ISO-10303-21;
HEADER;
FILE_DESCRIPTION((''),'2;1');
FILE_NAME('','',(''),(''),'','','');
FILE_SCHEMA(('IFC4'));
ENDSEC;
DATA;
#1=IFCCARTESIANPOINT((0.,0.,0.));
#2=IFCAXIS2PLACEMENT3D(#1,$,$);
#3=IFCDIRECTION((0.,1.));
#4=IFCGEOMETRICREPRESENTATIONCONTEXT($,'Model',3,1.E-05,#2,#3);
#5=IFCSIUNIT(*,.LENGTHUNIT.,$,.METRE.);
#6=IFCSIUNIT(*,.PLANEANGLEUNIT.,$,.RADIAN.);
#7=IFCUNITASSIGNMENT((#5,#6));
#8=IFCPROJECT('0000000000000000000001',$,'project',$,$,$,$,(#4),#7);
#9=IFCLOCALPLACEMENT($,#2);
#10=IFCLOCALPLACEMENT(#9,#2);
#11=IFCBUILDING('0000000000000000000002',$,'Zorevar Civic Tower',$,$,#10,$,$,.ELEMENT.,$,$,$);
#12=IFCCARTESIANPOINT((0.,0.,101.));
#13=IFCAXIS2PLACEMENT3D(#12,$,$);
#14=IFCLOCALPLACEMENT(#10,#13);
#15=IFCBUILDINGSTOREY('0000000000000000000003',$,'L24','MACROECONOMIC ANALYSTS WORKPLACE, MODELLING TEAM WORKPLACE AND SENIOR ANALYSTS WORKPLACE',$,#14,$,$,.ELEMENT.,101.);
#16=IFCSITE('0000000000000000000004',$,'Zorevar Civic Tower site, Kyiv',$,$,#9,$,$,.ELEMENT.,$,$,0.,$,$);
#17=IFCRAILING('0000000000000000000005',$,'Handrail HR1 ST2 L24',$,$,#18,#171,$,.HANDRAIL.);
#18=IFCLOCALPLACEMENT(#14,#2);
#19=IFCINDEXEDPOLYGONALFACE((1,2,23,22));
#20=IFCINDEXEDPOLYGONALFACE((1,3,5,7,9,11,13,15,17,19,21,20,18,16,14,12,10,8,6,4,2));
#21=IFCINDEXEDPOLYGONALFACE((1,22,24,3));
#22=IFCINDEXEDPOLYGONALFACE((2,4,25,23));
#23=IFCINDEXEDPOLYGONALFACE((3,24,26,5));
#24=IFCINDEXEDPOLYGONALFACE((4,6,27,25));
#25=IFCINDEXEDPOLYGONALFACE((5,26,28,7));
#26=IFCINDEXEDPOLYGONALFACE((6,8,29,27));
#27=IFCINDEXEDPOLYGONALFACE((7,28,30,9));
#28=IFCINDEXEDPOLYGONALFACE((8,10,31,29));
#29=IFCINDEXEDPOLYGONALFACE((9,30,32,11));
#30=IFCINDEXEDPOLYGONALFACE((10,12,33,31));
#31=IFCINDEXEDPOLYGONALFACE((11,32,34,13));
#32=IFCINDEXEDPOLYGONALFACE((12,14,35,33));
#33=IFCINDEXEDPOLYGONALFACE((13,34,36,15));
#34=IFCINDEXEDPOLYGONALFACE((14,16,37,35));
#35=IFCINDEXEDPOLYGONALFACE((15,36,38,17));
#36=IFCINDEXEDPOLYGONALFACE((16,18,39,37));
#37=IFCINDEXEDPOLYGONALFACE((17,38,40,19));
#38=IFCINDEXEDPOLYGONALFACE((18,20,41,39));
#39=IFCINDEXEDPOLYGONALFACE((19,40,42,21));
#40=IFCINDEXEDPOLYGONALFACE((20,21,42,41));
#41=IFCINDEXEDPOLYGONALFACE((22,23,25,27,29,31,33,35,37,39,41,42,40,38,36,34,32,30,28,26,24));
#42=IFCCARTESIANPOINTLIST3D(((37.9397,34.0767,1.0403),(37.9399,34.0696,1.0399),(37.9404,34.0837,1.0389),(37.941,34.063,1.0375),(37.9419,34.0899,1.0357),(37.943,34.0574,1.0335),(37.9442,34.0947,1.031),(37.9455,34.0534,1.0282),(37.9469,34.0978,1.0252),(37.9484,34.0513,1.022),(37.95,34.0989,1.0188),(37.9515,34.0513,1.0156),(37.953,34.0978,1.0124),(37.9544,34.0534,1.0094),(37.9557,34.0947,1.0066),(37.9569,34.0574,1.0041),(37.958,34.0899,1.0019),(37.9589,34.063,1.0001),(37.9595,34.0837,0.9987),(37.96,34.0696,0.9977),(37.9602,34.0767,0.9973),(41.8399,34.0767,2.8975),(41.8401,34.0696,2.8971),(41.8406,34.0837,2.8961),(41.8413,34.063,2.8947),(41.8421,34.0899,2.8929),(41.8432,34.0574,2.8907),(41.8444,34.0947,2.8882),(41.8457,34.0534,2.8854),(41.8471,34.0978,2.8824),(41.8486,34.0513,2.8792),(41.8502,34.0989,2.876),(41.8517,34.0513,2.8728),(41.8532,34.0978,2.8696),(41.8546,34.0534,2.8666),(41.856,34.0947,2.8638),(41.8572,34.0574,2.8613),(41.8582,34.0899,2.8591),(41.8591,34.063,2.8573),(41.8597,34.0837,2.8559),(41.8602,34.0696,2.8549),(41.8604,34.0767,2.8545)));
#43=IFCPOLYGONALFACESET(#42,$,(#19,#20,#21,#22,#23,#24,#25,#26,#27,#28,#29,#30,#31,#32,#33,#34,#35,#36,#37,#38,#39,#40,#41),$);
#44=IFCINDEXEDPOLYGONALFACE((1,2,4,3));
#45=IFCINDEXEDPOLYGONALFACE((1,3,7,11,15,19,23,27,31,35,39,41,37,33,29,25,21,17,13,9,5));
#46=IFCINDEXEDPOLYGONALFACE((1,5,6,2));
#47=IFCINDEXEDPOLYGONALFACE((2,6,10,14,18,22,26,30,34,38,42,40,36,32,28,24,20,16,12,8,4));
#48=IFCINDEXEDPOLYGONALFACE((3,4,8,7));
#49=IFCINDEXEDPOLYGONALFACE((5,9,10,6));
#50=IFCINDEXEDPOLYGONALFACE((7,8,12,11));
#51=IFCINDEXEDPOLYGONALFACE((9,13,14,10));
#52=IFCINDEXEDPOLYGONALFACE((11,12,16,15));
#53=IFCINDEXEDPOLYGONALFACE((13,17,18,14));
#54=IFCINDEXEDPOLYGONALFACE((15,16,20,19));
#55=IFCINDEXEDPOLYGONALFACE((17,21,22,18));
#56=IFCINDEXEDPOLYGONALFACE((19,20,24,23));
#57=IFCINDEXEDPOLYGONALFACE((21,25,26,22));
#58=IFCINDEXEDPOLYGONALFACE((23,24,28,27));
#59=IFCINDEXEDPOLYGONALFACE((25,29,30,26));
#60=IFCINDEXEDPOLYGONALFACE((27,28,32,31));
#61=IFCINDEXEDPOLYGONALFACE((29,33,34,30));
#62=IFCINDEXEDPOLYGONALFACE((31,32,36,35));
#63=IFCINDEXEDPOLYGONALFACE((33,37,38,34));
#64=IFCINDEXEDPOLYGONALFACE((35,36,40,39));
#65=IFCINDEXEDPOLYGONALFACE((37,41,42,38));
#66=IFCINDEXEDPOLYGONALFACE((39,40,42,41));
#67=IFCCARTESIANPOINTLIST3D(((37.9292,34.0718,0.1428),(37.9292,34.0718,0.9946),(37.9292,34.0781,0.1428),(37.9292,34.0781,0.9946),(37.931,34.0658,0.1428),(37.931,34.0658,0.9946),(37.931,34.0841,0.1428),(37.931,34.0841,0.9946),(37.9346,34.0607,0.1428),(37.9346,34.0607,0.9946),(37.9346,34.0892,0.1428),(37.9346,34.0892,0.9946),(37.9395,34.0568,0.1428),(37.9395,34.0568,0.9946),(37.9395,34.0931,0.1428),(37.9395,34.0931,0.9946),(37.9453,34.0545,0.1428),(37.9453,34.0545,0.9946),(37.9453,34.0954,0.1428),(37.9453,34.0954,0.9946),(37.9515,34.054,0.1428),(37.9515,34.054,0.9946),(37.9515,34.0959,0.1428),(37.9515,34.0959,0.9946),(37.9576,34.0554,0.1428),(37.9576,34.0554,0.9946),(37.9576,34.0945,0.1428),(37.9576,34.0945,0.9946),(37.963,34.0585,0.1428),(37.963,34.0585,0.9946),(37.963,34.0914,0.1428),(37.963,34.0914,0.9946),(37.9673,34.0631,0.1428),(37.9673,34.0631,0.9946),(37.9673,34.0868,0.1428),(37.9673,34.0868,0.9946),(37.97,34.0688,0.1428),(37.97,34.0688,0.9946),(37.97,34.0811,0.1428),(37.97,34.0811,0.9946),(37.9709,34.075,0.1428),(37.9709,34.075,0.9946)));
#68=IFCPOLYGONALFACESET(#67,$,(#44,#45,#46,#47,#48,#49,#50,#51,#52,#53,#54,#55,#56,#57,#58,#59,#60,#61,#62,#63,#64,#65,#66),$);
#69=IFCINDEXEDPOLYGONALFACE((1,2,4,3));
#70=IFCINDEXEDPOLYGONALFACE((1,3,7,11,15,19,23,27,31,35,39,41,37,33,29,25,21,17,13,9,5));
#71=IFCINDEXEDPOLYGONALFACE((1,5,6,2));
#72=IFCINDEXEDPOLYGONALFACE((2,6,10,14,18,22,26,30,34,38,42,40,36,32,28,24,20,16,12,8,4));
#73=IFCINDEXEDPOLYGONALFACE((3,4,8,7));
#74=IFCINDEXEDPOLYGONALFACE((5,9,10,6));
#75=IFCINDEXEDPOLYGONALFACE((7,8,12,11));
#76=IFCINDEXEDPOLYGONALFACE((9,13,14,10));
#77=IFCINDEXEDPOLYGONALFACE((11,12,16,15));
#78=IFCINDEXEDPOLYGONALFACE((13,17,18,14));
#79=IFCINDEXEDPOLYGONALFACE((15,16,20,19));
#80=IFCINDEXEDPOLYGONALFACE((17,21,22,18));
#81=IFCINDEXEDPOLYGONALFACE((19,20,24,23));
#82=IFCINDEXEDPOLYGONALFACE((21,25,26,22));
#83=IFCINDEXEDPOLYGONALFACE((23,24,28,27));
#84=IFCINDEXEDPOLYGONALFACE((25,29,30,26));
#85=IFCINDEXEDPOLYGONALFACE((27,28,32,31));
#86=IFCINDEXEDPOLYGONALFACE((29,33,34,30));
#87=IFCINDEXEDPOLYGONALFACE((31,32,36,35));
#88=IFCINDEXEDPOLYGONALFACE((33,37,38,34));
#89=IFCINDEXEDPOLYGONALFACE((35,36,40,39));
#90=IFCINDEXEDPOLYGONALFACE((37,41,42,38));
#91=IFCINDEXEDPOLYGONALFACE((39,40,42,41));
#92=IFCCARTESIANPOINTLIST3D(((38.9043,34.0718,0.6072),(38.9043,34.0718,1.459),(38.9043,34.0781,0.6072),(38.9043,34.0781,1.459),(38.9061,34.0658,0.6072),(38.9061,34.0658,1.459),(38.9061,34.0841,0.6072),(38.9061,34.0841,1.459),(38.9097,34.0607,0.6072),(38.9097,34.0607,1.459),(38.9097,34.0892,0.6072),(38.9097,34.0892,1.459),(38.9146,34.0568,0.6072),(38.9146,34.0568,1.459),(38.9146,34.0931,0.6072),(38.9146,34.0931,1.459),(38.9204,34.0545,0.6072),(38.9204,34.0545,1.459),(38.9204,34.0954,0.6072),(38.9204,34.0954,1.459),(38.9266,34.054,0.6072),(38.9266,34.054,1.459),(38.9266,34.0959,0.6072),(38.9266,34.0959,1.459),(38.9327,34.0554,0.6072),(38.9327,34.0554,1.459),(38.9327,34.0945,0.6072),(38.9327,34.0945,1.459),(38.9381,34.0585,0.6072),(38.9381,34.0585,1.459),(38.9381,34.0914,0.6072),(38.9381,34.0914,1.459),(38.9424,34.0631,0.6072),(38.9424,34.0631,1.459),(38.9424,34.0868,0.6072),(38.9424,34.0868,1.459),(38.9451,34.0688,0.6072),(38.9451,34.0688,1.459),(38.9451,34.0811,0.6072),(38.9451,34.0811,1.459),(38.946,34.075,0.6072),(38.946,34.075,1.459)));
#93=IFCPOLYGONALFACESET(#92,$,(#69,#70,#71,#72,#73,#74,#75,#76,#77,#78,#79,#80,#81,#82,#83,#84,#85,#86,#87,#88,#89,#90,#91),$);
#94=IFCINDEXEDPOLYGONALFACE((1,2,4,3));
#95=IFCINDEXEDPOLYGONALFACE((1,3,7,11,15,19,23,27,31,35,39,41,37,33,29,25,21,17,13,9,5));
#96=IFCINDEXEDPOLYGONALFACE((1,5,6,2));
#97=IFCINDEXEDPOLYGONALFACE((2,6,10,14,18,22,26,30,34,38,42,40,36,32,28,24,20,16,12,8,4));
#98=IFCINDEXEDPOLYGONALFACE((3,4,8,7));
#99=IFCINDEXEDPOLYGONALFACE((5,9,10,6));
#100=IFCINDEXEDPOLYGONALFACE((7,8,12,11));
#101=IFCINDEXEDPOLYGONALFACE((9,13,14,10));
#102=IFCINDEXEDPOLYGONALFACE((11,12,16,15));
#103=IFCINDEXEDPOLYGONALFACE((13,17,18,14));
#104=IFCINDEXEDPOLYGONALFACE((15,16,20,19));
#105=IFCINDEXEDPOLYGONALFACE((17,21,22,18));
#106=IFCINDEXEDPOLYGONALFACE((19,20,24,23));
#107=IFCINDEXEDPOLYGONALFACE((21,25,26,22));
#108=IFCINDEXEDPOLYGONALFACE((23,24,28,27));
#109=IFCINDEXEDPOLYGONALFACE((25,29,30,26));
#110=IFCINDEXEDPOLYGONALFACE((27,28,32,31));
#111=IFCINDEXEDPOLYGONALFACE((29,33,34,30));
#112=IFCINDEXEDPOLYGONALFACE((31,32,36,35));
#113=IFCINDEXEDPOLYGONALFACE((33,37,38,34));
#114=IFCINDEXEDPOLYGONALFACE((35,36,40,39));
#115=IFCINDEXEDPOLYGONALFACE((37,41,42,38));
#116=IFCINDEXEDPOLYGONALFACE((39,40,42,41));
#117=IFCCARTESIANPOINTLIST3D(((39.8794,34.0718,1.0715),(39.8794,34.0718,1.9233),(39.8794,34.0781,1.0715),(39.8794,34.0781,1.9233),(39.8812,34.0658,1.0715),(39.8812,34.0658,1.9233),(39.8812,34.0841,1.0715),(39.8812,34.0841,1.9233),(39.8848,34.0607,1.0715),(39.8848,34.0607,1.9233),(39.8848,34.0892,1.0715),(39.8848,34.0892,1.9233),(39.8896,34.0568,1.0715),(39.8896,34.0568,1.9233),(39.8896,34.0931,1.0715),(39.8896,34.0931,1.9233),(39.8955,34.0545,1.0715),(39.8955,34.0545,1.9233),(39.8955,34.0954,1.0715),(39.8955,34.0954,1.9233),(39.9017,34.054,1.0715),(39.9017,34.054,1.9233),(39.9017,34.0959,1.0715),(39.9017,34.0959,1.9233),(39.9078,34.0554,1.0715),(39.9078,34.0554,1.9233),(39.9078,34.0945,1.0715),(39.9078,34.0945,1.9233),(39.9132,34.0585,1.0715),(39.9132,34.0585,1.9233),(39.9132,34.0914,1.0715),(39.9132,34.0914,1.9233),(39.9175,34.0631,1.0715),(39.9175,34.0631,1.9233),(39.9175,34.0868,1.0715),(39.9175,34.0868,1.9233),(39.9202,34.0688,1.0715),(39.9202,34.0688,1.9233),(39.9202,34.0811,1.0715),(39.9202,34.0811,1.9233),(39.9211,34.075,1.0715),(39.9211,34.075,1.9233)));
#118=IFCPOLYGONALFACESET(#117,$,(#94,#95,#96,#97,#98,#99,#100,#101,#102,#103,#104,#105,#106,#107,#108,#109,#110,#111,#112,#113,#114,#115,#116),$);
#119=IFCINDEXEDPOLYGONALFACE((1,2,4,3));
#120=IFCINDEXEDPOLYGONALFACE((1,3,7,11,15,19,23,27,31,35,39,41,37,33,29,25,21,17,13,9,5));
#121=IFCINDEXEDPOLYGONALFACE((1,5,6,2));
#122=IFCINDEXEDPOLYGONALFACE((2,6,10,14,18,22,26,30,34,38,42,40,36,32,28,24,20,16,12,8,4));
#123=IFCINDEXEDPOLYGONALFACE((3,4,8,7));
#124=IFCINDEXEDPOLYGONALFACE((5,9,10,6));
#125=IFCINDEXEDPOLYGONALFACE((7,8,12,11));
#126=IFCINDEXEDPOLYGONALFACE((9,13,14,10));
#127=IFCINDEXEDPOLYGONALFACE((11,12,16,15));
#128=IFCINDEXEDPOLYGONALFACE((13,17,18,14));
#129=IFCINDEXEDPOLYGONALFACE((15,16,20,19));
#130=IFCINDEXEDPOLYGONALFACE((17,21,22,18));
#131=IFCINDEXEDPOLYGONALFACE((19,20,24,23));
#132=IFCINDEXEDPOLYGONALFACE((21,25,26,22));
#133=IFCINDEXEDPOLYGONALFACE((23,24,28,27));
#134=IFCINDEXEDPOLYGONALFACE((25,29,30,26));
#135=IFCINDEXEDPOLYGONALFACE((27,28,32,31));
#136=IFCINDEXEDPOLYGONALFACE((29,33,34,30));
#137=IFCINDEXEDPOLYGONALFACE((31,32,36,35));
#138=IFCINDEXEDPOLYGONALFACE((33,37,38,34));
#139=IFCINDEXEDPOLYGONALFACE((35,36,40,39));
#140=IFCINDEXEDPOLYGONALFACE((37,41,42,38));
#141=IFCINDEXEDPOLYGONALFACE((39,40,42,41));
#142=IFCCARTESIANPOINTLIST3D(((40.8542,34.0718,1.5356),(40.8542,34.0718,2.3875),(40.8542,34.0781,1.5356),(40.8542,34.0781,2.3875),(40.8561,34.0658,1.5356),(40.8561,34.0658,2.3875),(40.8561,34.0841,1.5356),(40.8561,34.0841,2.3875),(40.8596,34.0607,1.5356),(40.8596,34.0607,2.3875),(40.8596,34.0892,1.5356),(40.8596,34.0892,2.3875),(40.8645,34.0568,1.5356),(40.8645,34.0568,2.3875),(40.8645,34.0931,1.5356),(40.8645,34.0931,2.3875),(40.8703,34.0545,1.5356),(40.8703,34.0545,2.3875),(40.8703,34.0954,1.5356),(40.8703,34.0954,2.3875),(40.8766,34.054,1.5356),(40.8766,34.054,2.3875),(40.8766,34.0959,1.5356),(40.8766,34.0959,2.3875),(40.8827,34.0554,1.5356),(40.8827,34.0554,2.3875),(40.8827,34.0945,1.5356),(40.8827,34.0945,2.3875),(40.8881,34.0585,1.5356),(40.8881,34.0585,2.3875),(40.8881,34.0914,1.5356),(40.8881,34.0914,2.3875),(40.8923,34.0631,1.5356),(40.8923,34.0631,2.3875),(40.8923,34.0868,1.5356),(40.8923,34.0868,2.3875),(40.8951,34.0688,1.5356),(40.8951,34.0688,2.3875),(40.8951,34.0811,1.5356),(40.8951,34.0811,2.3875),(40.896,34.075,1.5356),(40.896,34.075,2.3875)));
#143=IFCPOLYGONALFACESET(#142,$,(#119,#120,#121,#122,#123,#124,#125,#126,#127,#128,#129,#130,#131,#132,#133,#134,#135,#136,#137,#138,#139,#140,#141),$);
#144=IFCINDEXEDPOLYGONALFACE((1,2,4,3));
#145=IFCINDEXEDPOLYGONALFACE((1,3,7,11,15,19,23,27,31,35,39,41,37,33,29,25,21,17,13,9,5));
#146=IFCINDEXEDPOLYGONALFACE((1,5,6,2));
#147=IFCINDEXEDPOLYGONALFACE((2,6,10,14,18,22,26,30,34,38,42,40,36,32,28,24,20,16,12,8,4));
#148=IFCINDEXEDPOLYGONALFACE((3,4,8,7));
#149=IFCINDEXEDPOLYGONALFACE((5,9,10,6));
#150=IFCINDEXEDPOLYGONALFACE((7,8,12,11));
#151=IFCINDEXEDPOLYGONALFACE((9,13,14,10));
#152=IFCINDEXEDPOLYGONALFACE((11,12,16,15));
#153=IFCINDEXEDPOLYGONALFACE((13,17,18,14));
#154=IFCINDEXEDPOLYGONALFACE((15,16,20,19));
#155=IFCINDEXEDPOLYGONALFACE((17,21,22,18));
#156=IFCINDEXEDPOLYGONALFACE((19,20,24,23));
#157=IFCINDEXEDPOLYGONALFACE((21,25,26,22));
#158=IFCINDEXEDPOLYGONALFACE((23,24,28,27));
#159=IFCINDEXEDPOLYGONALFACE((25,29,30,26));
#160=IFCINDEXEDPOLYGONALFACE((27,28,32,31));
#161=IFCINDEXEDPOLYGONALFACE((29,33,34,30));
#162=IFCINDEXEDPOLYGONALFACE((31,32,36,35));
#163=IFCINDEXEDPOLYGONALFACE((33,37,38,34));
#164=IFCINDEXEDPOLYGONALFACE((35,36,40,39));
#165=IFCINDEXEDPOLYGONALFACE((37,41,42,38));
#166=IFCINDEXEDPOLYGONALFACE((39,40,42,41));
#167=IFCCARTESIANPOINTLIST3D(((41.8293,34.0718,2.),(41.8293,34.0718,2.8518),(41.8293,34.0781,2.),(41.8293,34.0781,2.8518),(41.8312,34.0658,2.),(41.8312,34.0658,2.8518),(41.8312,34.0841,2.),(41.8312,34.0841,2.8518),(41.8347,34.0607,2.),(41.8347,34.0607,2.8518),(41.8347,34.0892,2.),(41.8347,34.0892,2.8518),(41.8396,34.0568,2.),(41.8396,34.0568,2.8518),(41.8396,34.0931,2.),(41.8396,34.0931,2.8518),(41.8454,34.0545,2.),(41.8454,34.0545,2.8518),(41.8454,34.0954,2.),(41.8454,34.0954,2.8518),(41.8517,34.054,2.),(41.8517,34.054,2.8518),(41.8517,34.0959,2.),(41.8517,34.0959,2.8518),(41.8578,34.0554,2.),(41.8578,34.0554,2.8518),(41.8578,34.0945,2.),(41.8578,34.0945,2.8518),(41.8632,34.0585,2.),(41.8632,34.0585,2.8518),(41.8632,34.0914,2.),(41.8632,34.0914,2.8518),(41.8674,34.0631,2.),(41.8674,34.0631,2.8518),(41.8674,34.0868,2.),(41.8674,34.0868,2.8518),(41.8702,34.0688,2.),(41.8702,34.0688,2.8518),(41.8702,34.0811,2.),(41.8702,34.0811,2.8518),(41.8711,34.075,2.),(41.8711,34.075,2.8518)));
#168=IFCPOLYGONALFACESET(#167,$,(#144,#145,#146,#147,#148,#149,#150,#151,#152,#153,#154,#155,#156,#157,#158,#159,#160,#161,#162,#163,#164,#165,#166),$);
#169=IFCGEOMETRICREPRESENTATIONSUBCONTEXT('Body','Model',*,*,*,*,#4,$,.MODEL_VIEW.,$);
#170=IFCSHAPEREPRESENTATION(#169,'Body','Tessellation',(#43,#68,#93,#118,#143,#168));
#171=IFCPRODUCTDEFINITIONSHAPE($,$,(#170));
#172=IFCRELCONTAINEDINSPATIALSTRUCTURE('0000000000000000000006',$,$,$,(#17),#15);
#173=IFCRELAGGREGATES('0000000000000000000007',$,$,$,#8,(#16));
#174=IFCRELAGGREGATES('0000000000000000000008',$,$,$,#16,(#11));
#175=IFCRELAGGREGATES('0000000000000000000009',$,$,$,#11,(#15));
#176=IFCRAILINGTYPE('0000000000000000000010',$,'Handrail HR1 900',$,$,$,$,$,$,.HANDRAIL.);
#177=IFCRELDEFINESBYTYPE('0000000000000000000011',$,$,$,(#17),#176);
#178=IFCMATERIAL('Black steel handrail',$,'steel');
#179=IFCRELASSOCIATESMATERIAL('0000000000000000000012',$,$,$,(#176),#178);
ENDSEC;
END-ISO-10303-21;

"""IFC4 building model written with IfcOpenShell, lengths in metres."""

from ifc_helpers import new_model, si_unit, direction, frame, origin, origin_2d, place, context, subcontext, project, spatial, circle, extrude, material, type_object, element, save


model = new_model("IFC4")

# Units and contexts
model_context = context("Model", 3, precision=1e-05, world=origin(), true_north=direction((0.0, 1.0)))
body_context = subcontext(model_context, "Body", "Model", "MODEL_VIEW")
ifc_project = project(units=[si_unit("LENGTHUNIT", "METRE"), si_unit("PLANEANGLEUNIT", "RADIAN")], contexts=[model_context])

# Site, building, storey
site_placement = place(None, origin())
site = spatial("IfcSite", under=ifc_project, at=site_placement, Name="Zorevar Civic Tower site, Kyiv", CompositionType="ELEMENT", RefElevation=0.0)
building_placement = place(site_placement, origin())
building = spatial("IfcBuilding", under=site, at=building_placement, Name="Zorevar Civic Tower", CompositionType="ELEMENT")
storey_placement = place(building_placement, frame((0.0, 0.0, 101.0)))
storey = spatial("IfcBuildingStorey", under=building, at=storey_placement, Name="L24", Description="MACROECONOMIC ANALYSTS WORKPLACE, MODELLING TEAM WORKPLACE AND SENIOR ANALYSTS WORKPLACE", CompositionType="ELEMENT", Elevation=101.0)

# Railing
ifc_material_1 = material(Name="Black steel handrail", Category="steel")
railing_type = type_object("IfcRailingType", Name="Handrail HR1 900", PredefinedType="HANDRAIL", material=ifc_material_1)
railing_1_placement = place(storey_placement, frame((37.95, 34.075, 0.1428)))
element("IfcRailing", 1, at=railing_1_placement, inside=storey, type_object=railing_type, Name="Handrail HR1 ST2 L24", PredefinedType="HANDRAIL", context=body_context, shape_type="SweptSolid", body=[
    extrude(circle(Radius=0.0239, at=origin_2d()), frame((0.0, 0.0, 0.876), z_axis=(0.902864, 0.0, 0.429927), x_axis=(0.0, 1.0, 0.0)), (0.0, 0.0, 1.0), 4.3198),
    extrude(circle(Radius=0.021, at=origin_2d()), origin(), (0.0, 0.0, 1.0), 0.8518),
    extrude(circle(Radius=0.021, at=origin_2d()), frame((0.9751, 0.0, 0.4644)), (0.0, 0.0, 1.0), 0.8518),
    extrude(circle(Radius=0.021, at=origin_2d()), frame((1.9502, 0.0, 0.9287)), (0.0, 0.0, 1.0), 0.8518),
    extrude(circle(Radius=0.021, at=origin_2d()), frame((2.925, 0.0, 1.3928)), (0.0, 0.0, 1.0), 0.8518),
    extrude(circle(Radius=0.021, at=origin_2d()), frame((3.9001, 0.0, 1.8572)), (0.0, 0.0, 1.0), 0.8518),
])

save(model, "model.ifc")
